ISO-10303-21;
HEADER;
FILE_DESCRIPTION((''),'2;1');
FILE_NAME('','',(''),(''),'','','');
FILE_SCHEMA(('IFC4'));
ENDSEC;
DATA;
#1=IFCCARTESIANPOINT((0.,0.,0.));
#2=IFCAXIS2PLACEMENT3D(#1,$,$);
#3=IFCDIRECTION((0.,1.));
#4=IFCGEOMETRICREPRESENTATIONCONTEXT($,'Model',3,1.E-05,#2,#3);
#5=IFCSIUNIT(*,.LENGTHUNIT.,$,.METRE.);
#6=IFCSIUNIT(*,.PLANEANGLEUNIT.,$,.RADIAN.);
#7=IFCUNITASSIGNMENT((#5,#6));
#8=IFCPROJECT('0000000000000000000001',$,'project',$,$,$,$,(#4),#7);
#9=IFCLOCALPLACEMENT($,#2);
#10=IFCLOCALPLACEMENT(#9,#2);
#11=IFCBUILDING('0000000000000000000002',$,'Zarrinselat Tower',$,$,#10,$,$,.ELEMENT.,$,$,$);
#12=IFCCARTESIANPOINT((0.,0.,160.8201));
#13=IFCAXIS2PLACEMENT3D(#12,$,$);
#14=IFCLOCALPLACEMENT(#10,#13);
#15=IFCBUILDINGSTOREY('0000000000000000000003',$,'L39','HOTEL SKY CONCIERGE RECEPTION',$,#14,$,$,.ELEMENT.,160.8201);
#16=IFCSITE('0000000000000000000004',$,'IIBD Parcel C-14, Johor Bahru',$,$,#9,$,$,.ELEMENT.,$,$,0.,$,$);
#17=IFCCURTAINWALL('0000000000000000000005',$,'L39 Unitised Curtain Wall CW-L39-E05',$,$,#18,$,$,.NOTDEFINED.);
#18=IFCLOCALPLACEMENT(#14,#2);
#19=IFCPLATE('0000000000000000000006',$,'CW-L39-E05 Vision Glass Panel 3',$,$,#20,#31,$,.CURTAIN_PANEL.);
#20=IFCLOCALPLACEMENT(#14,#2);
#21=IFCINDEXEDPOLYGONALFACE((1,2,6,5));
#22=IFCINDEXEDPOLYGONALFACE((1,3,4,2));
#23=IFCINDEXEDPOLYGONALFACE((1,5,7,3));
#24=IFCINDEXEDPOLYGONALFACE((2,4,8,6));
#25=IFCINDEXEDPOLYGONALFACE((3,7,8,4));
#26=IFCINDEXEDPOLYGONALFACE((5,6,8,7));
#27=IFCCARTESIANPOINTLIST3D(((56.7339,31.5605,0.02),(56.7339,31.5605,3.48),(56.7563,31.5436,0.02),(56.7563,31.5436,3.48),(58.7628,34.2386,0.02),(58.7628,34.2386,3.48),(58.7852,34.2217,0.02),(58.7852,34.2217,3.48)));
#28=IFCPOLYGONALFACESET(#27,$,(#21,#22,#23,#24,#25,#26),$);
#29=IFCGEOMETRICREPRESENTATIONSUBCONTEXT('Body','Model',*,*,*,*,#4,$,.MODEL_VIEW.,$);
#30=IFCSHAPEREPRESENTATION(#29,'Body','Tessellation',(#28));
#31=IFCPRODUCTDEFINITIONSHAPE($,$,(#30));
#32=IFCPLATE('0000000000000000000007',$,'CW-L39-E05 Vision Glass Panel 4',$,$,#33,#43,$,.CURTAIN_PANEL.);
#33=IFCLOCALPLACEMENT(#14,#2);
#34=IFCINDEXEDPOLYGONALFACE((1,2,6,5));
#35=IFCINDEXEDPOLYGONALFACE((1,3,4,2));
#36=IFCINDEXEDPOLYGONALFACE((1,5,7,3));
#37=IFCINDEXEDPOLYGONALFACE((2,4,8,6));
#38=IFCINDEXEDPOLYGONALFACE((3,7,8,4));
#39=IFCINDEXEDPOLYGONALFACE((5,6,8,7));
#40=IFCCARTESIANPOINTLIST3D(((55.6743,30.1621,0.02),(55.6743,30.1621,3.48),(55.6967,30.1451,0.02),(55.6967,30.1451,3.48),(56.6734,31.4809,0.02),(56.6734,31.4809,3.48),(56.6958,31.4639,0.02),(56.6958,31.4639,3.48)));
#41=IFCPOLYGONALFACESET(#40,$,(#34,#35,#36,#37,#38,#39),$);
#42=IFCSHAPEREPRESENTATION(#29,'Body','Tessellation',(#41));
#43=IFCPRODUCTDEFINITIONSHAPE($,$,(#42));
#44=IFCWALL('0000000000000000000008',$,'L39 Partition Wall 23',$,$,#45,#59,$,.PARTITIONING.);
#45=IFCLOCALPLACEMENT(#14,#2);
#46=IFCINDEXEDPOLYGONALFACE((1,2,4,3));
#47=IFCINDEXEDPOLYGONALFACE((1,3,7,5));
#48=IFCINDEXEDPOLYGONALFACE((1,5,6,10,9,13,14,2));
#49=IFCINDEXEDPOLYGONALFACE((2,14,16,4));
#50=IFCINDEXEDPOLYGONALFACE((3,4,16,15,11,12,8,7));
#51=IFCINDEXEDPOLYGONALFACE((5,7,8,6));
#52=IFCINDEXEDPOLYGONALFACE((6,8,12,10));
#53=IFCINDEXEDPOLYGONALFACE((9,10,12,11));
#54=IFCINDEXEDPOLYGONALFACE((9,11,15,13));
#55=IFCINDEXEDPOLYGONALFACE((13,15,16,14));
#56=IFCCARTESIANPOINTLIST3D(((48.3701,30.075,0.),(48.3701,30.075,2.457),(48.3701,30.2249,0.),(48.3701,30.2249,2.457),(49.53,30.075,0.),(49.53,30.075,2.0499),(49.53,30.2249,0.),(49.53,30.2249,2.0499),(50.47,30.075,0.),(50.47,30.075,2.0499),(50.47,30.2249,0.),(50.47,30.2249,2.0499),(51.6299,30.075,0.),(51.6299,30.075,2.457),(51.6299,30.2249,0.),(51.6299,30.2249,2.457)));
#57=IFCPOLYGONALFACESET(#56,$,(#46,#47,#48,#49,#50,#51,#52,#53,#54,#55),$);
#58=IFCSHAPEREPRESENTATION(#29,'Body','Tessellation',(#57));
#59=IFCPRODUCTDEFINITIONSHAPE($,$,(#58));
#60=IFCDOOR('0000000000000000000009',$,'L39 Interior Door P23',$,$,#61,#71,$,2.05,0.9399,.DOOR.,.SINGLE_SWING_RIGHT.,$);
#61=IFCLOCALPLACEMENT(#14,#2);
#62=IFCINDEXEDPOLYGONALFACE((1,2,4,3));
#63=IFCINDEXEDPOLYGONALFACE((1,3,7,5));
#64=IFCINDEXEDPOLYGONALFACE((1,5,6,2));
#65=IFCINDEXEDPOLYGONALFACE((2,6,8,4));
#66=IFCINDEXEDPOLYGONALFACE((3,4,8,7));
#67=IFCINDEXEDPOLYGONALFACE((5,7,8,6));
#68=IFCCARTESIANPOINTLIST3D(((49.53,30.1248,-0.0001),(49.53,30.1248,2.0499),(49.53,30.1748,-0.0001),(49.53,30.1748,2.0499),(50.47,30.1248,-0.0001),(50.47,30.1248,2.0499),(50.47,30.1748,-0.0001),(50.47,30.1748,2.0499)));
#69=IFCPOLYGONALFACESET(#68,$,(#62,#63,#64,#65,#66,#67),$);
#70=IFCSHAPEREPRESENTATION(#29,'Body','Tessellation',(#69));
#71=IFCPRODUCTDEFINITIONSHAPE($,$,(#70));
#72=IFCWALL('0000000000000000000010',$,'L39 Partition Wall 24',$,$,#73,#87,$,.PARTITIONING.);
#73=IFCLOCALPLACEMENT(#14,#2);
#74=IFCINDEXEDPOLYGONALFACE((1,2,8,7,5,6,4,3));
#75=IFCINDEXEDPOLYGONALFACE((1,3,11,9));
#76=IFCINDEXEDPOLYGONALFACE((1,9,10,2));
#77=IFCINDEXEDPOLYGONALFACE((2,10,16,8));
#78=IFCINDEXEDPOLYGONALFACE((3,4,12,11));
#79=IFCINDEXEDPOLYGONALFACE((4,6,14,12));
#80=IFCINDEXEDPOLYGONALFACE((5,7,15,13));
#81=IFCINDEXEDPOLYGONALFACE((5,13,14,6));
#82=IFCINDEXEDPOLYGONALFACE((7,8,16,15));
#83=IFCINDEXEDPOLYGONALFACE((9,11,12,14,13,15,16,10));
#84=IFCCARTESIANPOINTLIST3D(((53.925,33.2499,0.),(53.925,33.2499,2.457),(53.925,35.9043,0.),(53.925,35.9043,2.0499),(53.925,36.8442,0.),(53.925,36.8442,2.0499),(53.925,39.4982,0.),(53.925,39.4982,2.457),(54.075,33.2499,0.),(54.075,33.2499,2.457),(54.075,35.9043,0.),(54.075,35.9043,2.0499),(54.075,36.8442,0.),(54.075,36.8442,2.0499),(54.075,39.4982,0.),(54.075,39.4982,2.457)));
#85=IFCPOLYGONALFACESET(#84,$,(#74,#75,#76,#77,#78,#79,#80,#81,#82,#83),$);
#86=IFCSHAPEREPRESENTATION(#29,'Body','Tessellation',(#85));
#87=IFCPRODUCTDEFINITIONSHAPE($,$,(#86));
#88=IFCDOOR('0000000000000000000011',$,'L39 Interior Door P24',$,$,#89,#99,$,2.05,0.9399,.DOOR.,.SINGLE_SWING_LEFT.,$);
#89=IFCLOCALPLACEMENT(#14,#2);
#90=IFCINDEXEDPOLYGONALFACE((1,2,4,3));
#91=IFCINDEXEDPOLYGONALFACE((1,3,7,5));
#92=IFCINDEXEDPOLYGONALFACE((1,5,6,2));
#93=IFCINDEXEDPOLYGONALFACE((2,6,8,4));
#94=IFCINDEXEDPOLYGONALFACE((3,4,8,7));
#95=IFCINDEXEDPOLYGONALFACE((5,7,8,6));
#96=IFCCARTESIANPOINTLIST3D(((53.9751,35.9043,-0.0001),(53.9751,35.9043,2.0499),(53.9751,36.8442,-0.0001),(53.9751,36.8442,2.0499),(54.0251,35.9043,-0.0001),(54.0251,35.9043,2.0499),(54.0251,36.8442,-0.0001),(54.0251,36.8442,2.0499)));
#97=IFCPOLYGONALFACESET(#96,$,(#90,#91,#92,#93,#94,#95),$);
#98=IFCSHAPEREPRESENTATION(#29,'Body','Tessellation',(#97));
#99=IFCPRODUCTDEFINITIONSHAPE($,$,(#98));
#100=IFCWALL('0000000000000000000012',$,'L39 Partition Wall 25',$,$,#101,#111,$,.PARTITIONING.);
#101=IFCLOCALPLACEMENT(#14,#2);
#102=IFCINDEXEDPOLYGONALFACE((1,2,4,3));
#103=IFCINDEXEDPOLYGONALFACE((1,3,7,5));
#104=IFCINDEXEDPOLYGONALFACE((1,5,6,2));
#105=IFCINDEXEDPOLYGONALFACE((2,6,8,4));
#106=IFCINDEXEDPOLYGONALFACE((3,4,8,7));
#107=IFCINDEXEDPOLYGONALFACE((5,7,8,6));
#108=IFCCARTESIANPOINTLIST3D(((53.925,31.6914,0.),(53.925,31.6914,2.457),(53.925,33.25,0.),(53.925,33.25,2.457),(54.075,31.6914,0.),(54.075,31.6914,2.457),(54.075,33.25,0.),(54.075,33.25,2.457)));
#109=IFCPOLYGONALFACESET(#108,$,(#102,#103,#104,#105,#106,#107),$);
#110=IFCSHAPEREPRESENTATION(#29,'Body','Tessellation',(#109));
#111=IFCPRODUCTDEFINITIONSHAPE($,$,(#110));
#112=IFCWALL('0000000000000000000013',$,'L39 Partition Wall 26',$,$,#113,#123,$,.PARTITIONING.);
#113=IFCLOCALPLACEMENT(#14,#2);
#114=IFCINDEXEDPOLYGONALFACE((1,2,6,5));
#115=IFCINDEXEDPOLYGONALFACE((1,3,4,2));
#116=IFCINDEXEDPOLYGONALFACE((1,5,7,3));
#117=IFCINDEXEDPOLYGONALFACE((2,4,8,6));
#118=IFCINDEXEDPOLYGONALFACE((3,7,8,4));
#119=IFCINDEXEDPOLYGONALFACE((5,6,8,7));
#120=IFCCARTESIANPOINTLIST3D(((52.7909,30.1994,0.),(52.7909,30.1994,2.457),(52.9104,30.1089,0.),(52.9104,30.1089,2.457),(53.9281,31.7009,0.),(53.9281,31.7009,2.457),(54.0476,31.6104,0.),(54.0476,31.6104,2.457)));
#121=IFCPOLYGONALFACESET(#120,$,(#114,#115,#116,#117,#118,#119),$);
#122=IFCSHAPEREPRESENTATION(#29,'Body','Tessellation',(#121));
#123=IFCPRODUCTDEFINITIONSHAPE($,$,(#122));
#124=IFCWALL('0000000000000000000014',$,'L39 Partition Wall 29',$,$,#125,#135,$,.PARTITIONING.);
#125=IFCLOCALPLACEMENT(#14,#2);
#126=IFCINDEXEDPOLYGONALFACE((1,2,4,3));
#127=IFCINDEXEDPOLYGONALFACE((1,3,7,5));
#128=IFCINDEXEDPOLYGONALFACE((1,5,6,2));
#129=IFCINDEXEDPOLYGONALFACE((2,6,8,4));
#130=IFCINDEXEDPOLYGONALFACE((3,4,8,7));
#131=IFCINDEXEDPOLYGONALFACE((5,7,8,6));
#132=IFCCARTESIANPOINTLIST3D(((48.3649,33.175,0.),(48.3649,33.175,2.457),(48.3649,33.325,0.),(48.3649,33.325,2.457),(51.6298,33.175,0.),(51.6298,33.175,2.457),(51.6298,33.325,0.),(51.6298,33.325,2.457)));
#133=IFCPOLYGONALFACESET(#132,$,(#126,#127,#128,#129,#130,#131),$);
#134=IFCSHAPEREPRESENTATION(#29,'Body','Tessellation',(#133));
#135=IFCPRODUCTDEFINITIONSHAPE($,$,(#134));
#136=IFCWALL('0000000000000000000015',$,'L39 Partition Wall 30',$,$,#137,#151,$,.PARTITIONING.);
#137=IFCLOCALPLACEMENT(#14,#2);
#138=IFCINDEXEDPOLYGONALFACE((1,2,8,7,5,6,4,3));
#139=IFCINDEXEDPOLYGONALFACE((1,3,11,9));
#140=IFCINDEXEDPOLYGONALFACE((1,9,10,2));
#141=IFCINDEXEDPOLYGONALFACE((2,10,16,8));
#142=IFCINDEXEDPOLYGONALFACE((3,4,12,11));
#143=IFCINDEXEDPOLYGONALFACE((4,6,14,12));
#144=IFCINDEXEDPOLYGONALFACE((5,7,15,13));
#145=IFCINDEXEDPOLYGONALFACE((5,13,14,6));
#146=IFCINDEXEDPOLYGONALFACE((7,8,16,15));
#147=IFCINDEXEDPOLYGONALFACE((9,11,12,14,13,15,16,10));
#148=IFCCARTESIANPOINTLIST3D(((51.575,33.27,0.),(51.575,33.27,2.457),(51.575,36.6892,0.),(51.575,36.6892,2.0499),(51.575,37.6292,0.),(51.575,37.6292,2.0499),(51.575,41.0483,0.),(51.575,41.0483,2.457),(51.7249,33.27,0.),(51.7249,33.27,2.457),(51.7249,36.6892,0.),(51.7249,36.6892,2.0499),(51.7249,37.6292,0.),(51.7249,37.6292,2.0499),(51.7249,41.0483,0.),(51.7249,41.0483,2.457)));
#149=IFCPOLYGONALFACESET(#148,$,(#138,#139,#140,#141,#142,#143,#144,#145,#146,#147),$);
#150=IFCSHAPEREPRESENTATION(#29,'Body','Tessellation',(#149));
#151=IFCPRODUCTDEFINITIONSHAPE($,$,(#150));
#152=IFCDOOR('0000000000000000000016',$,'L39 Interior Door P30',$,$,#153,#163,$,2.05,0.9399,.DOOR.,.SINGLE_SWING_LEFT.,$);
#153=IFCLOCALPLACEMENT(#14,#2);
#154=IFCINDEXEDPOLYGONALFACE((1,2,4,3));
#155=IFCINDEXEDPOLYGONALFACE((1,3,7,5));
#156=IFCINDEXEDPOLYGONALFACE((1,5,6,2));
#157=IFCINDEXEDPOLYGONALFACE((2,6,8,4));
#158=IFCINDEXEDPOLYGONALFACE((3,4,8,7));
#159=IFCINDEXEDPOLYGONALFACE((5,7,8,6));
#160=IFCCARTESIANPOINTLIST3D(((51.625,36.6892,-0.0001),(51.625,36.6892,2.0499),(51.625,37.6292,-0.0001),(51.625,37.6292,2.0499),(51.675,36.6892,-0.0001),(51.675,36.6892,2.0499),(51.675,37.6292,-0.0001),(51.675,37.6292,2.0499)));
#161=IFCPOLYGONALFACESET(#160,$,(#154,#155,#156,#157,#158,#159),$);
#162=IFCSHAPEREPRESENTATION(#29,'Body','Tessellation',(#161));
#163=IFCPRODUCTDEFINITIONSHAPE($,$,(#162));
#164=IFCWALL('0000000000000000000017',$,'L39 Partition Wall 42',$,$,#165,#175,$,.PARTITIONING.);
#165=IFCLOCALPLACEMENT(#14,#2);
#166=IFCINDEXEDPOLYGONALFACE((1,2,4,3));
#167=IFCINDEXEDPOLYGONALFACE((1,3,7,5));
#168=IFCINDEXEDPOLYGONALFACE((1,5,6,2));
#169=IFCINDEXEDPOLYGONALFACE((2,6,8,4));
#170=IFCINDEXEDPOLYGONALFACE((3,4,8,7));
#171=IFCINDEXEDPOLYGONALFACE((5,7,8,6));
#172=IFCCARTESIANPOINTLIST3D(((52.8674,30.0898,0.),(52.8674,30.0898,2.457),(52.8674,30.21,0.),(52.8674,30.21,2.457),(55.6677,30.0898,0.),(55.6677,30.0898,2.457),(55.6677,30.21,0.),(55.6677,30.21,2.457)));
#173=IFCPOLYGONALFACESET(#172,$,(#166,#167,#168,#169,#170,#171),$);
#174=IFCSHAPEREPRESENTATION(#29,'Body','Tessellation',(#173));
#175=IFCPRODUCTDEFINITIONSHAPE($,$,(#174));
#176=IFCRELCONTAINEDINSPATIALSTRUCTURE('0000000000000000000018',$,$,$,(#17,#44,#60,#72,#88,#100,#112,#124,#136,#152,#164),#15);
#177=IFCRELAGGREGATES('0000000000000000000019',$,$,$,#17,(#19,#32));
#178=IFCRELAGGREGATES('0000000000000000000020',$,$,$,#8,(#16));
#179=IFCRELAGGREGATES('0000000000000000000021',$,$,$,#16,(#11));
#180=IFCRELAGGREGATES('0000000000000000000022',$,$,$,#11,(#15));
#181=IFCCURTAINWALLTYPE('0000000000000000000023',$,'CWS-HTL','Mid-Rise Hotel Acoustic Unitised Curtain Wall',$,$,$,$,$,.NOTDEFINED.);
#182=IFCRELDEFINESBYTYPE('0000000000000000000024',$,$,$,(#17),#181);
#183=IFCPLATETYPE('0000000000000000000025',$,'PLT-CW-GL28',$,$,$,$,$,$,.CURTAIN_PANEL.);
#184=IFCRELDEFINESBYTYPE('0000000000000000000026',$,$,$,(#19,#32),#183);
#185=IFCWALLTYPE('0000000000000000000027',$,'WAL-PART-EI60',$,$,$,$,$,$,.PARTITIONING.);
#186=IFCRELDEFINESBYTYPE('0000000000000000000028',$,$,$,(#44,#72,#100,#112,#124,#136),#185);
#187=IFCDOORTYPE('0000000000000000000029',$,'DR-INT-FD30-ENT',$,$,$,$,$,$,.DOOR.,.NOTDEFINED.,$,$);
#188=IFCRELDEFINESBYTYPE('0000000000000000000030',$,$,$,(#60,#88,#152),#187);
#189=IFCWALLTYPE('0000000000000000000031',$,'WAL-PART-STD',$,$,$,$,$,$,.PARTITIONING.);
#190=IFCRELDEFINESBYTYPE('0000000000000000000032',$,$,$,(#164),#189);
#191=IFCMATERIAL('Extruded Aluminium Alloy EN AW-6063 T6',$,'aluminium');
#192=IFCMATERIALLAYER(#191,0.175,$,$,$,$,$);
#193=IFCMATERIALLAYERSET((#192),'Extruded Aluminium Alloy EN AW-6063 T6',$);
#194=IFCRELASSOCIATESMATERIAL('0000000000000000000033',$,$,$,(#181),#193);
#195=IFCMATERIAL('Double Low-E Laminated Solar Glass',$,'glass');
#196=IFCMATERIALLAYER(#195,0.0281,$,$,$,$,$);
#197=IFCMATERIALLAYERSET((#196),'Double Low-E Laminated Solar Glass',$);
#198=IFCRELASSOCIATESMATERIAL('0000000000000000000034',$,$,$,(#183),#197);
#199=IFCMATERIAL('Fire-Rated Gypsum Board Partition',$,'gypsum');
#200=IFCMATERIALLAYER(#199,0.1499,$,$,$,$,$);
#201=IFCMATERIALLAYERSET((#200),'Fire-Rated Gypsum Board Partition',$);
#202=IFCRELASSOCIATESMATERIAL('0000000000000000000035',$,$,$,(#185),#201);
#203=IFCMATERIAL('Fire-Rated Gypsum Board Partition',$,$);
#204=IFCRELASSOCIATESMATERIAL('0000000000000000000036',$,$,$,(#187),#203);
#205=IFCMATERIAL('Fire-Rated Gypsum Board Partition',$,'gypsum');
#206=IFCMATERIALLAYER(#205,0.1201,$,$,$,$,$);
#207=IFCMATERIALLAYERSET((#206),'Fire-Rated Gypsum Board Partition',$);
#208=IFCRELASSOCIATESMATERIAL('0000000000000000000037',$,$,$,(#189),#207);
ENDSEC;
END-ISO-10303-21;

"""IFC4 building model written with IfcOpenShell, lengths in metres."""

from ifc_helpers import new_model, si_unit, direction, frame, frame_2d, origin, origin_2d, place, context, subcontext, project, spatial, rectangle, extrude, material, layer, layer_set, type_object, element, fill, aggregate, save


model = new_model("IFC4")

# Units and contexts
model_context = context("Model", 3, precision=1e-05, world=origin(), true_north=direction((0.0, 1.0)))
body_context = subcontext(model_context, "Body", "Model", "MODEL_VIEW")
ifc_project = project(units=[si_unit("LENGTHUNIT", "METRE"), si_unit("PLANEANGLEUNIT", "RADIAN")], contexts=[model_context])

# Site, building, storey
site_placement = place(None, origin())
site = spatial("IfcSite", under=ifc_project, at=site_placement, Name="IIBD Parcel C-14, Johor Bahru", CompositionType="ELEMENT", RefElevation=0.0)
building_placement = place(site_placement, origin())
building = spatial("IfcBuilding", under=site, at=building_placement, Name="Zarrinselat Tower", CompositionType="ELEMENT")
storey_placement = place(building_placement, frame((0.0, 0.0, 160.8201)))
storey = spatial("IfcBuildingStorey", under=building, at=storey_placement, Name="L39", Description="HOTEL SKY CONCIERGE RECEPTION", CompositionType="ELEMENT", Elevation=160.8201)

# Curtain wall, plates
ifc_material_1 = material(Name="Extruded Aluminium Alloy EN AW-6063 T6", Category="aluminium")
ifc_layer_1 = layer(ifc_material_1, 0.175)
ifc_layer_set_1 = layer_set([ifc_layer_1], Name="Extruded Aluminium Alloy EN AW-6063 T6")
curtain_wall_type = type_object("IfcCurtainWallType", Name="CWS-HTL", Description="Mid-Rise Hotel Acoustic Unitised Curtain Wall", PredefinedType="NOTDEFINED", material=ifc_layer_set_1)
curtain_wall_placement = place(storey_placement, origin())
curtain_wall = element("IfcCurtainWall", 1, at=curtain_wall_placement, inside=storey, type_object=curtain_wall_type, Name="L39 Unitised Curtain Wall CW-L39-E05", PredefinedType="NOTDEFINED")
ifc_material_2 = material(Name="Double Low-E Laminated Solar Glass", Category="glass")
ifc_layer_2 = layer(ifc_material_2, 0.0281)
ifc_layer_set_2 = layer_set([ifc_layer_2], Name="Double Low-E Laminated Solar Glass")
plate_type = type_object("IfcPlateType", Name="PLT-CW-GL28", PredefinedType="CURTAIN_PANEL", material=ifc_layer_set_2)
plate_1_placement = place(storey_placement, frame((57.7595, 32.8911, 0.02), z_axis=(0.0, 0.0, 1.0), x_axis=(-0.603859, -0.797092, 0.0)))
plate_1 = element("IfcPlate", 2, at=plate_1_placement, type_object=plate_type, Name="CW-L39-E05 Vision Glass Panel 3", PredefinedType="CURTAIN_PANEL", context=body_context, shape_type="SweptSolid", body=[
    extrude(rectangle(XDim=3.3599, YDim=0.0281, at=origin_2d()), origin(), (0.0, 0.0, 1.0), 3.46),
])
plate_2_placement = place(storey_placement, frame((56.1851, 30.813, 0.02), z_axis=(0.0, 0.0, 1.0), x_axis=(-0.603859, -0.797092, 0.0)))
plate_2 = element("IfcPlate", 3, at=plate_2_placement, type_object=plate_type, Name="CW-L39-E05 Vision Glass Panel 4", PredefinedType="CURTAIN_PANEL", context=body_context, shape_type="SweptSolid", body=[
    extrude(rectangle(XDim=1.6545, YDim=0.0281, at=origin_2d()), origin(), (0.0, 0.0, 1.0), 3.46),
])
aggregate(curtain_wall, [plate_1, plate_2])

# Walls, openings, doors
ifc_material_3 = material(Name="Fire-Rated Gypsum Board Partition", Category="gypsum")
ifc_layer_3 = layer(ifc_material_3, 0.1499)
ifc_layer_set_3 = layer_set([ifc_layer_3], Name="Fire-Rated Gypsum Board Partition")
wall_type_1 = type_object("IfcWallType", Name="WAL-PART-EI60", PredefinedType="PARTITIONING", material=ifc_layer_set_3)
wall_1_placement = place(storey_placement, frame((48.3701, 30.1499, 0.0), z_axis=(0.0, 0.0, 1.0), x_axis=(1.0, 0.0, 0.0)))
wall_1 = element("IfcWall", 4, at=wall_1_placement, inside=storey, type_object=wall_type_1, Name="L39 Partition Wall 23", PredefinedType="PARTITIONING", context=body_context, shape_type="SweptSolid", body=[
    extrude(rectangle(XDim=3.2598, YDim=0.1499, at=frame_2d((1.6299, 0.0))), origin(), (0.0, 0.0, 1.0), 2.457),
])
opening_1_placement = place(wall_1_placement, frame((1.1599, 0.0, 0.0)))
opening_1 = element("IfcOpeningElement", 5, at=opening_1_placement, cuts=wall_1, PredefinedType="OPENING", context=body_context, shape_type="SweptSolid", body=[
    extrude(rectangle(XDim=0.9399, YDim=2.05, at=frame_2d((0.47, 1.0249))), frame((0.0, 0.085, 0.0), z_axis=(0.0, -1.0, 0.0), x_axis=(1.0, 0.0, 0.0)), (0.0, 0.0, 1.0), 0.1699),
])
ifc_material_4 = material(Name="Fire-Rated Gypsum Board Partition")
door_type = type_object("IfcDoorType", Name="DR-INT-FD30-ENT", OperationType="NOTDEFINED", PredefinedType="DOOR", material=ifc_material_4)
door_1_placement = place(opening_1_placement, origin())
door_1 = element("IfcDoor", 6, at=door_1_placement, inside=storey, type_object=door_type, Name="L39 Interior Door P23", OperationType="SINGLE_SWING_RIGHT", OverallHeight=2.05, OverallWidth=0.9399, PredefinedType="DOOR", context=body_context, shape_type="SweptSolid", body=[
    extrude(rectangle(XDim=0.9399, YDim=2.05, at=frame_2d((0.47, 1.0249))), frame((0.0, 0.0249, 0.0), z_axis=(0.0, -1.0, 0.0), x_axis=(1.0, 0.0, 0.0)), (0.0, 0.0, 1.0), 0.05),
])
fill(opening_1, door_1)
wall_2_placement = place(storey_placement, frame((54.0, 33.25, 0.0), z_axis=(0.0, 0.0, 1.0), x_axis=(0.0, 1.0, 0.0)))
wall_2 = element("IfcWall", 7, at=wall_2_placement, inside=storey, type_object=wall_type_1, Name="L39 Partition Wall 24", PredefinedType="PARTITIONING", context=body_context, shape_type="SweptSolid", body=[
    extrude(rectangle(XDim=6.2483, YDim=0.1499, at=frame_2d((3.124, 0.0))), origin(), (0.0, 0.0, 1.0), 2.457),
])
opening_2_placement = place(wall_2_placement, frame((2.6543, 0.0, 0.0)))
opening_2 = element("IfcOpeningElement", 8, at=opening_2_placement, cuts=wall_2, PredefinedType="OPENING", context=body_context, shape_type="SweptSolid", body=[
    extrude(rectangle(XDim=0.9399, YDim=2.05, at=frame_2d((0.47, 1.0249))), frame((0.0, 0.085, 0.0), z_axis=(0.0, -1.0, 0.0), x_axis=(1.0, 0.0, 0.0)), (0.0, 0.0, 1.0), 0.1699),
])
door_2_placement = place(opening_2_placement, origin())
door_2 = element("IfcDoor", 9, at=door_2_placement, inside=storey, type_object=door_type, Name="L39 Interior Door P24", OperationType="SINGLE_SWING_LEFT", OverallHeight=2.05, OverallWidth=0.9399, PredefinedType="DOOR", context=body_context, shape_type="SweptSolid", body=[
    extrude(rectangle(XDim=0.9399, YDim=2.05, at=frame_2d((0.47, 1.0249))), frame((0.0, 0.0249, 0.0), z_axis=(0.0, -1.0, 0.0), x_axis=(1.0, 0.0, 0.0)), (0.0, 0.0, 1.0), 0.05),
])
fill(opening_2, door_2)

# Walls
wall_3_placement = place(storey_placement, frame((54.0, 31.6914, 0.0), z_axis=(0.0, 0.0, 1.0), x_axis=(0.0, 1.0, 0.0)))
element("IfcWall", 10, at=wall_3_placement, inside=storey, type_object=wall_type_1, Name="L39 Partition Wall 25", PredefinedType="PARTITIONING", context=body_context, shape_type="SweptSolid", body=[
    extrude(rectangle(XDim=1.5586, YDim=0.1499, at=frame_2d((0.7793, 0.0))), origin(), (0.0, 0.0, 1.0), 2.457),
])
wall_4_placement = place(storey_placement, frame((52.8506, 30.1541, 0.0), z_axis=(0.0, 0.0, 1.0), x_axis=(0.603768, 0.79716, 0.0)))
element("IfcWall", 11, at=wall_4_placement, inside=storey, type_object=wall_type_1, Name="L39 Partition Wall 26", PredefinedType="PARTITIONING", context=body_context, shape_type="SweptSolid", body=[
    extrude(rectangle(XDim=1.8835, YDim=0.1499, at=frame_2d((0.9419, 0.0))), origin(), (0.0, 0.0, 1.0), 2.457),
])
wall_5_placement = place(storey_placement, frame((48.365, 33.25, 0.0), z_axis=(0.0, 0.0, 1.0), x_axis=(1.0, 0.0, 0.0)))
element("IfcWall", 12, at=wall_5_placement, inside=storey, type_object=wall_type_1, Name="L39 Partition Wall 29", PredefinedType="PARTITIONING", context=body_context, shape_type="SweptSolid", body=[
    extrude(rectangle(XDim=3.2649, YDim=0.1499, at=frame_2d((1.6323, 0.0))), origin(), (0.0, 0.0, 1.0), 2.457),
])

# Wall, opening, door
wall_6_placement = place(storey_placement, frame((51.6499, 33.27, 0.0), z_axis=(0.0, 0.0, 1.0), x_axis=(0.0, 1.0, 0.0)))
wall_6 = element("IfcWall", 13, at=wall_6_placement, inside=storey, type_object=wall_type_1, Name="L39 Partition Wall 30", PredefinedType="PARTITIONING", context=body_context, shape_type="SweptSolid", body=[
    extrude(rectangle(XDim=7.7783, YDim=0.1499, at=frame_2d((3.8892, 0.0))), origin(), (0.0, 0.0, 1.0), 2.457),
])
opening_3_placement = place(wall_6_placement, frame((3.4192, 0.0, 0.0)))
opening_3 = element("IfcOpeningElement", 14, at=opening_3_placement, cuts=wall_6, PredefinedType="OPENING", context=body_context, shape_type="SweptSolid", body=[
    extrude(rectangle(XDim=0.9399, YDim=2.05, at=frame_2d((0.47, 1.0249))), frame((0.0, 0.085, 0.0), z_axis=(0.0, -1.0, 0.0), x_axis=(1.0, 0.0, 0.0)), (0.0, 0.0, 1.0), 0.1699),
])
door_3_placement = place(opening_3_placement, origin())
door_3 = element("IfcDoor", 15, at=door_3_placement, inside=storey, type_object=door_type, Name="L39 Interior Door P30", OperationType="SINGLE_SWING_LEFT", OverallHeight=2.05, OverallWidth=0.9399, PredefinedType="DOOR", context=body_context, shape_type="SweptSolid", body=[
    extrude(rectangle(XDim=0.9399, YDim=2.05, at=frame_2d((0.47, 1.0249))), frame((0.0, 0.0249, 0.0), z_axis=(0.0, -1.0, 0.0), x_axis=(1.0, 0.0, 0.0)), (0.0, 0.0, 1.0), 0.05),
])
fill(opening_3, door_3)

# Wall
ifc_material_5 = material(Name="Fire-Rated Gypsum Board Partition", Category="gypsum")
ifc_layer_4 = layer(ifc_material_5, 0.1201)
ifc_layer_set_4 = layer_set([ifc_layer_4], Name="Fire-Rated Gypsum Board Partition")
wall_type_2 = type_object("IfcWallType", Name="WAL-PART-STD", PredefinedType="PARTITIONING", material=ifc_layer_set_4)
wall_7_placement = place(storey_placement, frame((52.8674, 30.1499, 0.0), z_axis=(0.0, 0.0, 1.0), x_axis=(1.0, 0.0, 0.0)))
element("IfcWall", 16, at=wall_7_placement, inside=storey, type_object=wall_type_2, Name="L39 Partition Wall 42", PredefinedType="PARTITIONING", context=body_context, shape_type="SweptSolid", body=[
    extrude(rectangle(XDim=2.8003, YDim=0.1201, at=frame_2d((1.4001, 0.0))), origin(), (0.0, 0.0, 1.0), 2.457),
])

save(model, "model.ifc")
